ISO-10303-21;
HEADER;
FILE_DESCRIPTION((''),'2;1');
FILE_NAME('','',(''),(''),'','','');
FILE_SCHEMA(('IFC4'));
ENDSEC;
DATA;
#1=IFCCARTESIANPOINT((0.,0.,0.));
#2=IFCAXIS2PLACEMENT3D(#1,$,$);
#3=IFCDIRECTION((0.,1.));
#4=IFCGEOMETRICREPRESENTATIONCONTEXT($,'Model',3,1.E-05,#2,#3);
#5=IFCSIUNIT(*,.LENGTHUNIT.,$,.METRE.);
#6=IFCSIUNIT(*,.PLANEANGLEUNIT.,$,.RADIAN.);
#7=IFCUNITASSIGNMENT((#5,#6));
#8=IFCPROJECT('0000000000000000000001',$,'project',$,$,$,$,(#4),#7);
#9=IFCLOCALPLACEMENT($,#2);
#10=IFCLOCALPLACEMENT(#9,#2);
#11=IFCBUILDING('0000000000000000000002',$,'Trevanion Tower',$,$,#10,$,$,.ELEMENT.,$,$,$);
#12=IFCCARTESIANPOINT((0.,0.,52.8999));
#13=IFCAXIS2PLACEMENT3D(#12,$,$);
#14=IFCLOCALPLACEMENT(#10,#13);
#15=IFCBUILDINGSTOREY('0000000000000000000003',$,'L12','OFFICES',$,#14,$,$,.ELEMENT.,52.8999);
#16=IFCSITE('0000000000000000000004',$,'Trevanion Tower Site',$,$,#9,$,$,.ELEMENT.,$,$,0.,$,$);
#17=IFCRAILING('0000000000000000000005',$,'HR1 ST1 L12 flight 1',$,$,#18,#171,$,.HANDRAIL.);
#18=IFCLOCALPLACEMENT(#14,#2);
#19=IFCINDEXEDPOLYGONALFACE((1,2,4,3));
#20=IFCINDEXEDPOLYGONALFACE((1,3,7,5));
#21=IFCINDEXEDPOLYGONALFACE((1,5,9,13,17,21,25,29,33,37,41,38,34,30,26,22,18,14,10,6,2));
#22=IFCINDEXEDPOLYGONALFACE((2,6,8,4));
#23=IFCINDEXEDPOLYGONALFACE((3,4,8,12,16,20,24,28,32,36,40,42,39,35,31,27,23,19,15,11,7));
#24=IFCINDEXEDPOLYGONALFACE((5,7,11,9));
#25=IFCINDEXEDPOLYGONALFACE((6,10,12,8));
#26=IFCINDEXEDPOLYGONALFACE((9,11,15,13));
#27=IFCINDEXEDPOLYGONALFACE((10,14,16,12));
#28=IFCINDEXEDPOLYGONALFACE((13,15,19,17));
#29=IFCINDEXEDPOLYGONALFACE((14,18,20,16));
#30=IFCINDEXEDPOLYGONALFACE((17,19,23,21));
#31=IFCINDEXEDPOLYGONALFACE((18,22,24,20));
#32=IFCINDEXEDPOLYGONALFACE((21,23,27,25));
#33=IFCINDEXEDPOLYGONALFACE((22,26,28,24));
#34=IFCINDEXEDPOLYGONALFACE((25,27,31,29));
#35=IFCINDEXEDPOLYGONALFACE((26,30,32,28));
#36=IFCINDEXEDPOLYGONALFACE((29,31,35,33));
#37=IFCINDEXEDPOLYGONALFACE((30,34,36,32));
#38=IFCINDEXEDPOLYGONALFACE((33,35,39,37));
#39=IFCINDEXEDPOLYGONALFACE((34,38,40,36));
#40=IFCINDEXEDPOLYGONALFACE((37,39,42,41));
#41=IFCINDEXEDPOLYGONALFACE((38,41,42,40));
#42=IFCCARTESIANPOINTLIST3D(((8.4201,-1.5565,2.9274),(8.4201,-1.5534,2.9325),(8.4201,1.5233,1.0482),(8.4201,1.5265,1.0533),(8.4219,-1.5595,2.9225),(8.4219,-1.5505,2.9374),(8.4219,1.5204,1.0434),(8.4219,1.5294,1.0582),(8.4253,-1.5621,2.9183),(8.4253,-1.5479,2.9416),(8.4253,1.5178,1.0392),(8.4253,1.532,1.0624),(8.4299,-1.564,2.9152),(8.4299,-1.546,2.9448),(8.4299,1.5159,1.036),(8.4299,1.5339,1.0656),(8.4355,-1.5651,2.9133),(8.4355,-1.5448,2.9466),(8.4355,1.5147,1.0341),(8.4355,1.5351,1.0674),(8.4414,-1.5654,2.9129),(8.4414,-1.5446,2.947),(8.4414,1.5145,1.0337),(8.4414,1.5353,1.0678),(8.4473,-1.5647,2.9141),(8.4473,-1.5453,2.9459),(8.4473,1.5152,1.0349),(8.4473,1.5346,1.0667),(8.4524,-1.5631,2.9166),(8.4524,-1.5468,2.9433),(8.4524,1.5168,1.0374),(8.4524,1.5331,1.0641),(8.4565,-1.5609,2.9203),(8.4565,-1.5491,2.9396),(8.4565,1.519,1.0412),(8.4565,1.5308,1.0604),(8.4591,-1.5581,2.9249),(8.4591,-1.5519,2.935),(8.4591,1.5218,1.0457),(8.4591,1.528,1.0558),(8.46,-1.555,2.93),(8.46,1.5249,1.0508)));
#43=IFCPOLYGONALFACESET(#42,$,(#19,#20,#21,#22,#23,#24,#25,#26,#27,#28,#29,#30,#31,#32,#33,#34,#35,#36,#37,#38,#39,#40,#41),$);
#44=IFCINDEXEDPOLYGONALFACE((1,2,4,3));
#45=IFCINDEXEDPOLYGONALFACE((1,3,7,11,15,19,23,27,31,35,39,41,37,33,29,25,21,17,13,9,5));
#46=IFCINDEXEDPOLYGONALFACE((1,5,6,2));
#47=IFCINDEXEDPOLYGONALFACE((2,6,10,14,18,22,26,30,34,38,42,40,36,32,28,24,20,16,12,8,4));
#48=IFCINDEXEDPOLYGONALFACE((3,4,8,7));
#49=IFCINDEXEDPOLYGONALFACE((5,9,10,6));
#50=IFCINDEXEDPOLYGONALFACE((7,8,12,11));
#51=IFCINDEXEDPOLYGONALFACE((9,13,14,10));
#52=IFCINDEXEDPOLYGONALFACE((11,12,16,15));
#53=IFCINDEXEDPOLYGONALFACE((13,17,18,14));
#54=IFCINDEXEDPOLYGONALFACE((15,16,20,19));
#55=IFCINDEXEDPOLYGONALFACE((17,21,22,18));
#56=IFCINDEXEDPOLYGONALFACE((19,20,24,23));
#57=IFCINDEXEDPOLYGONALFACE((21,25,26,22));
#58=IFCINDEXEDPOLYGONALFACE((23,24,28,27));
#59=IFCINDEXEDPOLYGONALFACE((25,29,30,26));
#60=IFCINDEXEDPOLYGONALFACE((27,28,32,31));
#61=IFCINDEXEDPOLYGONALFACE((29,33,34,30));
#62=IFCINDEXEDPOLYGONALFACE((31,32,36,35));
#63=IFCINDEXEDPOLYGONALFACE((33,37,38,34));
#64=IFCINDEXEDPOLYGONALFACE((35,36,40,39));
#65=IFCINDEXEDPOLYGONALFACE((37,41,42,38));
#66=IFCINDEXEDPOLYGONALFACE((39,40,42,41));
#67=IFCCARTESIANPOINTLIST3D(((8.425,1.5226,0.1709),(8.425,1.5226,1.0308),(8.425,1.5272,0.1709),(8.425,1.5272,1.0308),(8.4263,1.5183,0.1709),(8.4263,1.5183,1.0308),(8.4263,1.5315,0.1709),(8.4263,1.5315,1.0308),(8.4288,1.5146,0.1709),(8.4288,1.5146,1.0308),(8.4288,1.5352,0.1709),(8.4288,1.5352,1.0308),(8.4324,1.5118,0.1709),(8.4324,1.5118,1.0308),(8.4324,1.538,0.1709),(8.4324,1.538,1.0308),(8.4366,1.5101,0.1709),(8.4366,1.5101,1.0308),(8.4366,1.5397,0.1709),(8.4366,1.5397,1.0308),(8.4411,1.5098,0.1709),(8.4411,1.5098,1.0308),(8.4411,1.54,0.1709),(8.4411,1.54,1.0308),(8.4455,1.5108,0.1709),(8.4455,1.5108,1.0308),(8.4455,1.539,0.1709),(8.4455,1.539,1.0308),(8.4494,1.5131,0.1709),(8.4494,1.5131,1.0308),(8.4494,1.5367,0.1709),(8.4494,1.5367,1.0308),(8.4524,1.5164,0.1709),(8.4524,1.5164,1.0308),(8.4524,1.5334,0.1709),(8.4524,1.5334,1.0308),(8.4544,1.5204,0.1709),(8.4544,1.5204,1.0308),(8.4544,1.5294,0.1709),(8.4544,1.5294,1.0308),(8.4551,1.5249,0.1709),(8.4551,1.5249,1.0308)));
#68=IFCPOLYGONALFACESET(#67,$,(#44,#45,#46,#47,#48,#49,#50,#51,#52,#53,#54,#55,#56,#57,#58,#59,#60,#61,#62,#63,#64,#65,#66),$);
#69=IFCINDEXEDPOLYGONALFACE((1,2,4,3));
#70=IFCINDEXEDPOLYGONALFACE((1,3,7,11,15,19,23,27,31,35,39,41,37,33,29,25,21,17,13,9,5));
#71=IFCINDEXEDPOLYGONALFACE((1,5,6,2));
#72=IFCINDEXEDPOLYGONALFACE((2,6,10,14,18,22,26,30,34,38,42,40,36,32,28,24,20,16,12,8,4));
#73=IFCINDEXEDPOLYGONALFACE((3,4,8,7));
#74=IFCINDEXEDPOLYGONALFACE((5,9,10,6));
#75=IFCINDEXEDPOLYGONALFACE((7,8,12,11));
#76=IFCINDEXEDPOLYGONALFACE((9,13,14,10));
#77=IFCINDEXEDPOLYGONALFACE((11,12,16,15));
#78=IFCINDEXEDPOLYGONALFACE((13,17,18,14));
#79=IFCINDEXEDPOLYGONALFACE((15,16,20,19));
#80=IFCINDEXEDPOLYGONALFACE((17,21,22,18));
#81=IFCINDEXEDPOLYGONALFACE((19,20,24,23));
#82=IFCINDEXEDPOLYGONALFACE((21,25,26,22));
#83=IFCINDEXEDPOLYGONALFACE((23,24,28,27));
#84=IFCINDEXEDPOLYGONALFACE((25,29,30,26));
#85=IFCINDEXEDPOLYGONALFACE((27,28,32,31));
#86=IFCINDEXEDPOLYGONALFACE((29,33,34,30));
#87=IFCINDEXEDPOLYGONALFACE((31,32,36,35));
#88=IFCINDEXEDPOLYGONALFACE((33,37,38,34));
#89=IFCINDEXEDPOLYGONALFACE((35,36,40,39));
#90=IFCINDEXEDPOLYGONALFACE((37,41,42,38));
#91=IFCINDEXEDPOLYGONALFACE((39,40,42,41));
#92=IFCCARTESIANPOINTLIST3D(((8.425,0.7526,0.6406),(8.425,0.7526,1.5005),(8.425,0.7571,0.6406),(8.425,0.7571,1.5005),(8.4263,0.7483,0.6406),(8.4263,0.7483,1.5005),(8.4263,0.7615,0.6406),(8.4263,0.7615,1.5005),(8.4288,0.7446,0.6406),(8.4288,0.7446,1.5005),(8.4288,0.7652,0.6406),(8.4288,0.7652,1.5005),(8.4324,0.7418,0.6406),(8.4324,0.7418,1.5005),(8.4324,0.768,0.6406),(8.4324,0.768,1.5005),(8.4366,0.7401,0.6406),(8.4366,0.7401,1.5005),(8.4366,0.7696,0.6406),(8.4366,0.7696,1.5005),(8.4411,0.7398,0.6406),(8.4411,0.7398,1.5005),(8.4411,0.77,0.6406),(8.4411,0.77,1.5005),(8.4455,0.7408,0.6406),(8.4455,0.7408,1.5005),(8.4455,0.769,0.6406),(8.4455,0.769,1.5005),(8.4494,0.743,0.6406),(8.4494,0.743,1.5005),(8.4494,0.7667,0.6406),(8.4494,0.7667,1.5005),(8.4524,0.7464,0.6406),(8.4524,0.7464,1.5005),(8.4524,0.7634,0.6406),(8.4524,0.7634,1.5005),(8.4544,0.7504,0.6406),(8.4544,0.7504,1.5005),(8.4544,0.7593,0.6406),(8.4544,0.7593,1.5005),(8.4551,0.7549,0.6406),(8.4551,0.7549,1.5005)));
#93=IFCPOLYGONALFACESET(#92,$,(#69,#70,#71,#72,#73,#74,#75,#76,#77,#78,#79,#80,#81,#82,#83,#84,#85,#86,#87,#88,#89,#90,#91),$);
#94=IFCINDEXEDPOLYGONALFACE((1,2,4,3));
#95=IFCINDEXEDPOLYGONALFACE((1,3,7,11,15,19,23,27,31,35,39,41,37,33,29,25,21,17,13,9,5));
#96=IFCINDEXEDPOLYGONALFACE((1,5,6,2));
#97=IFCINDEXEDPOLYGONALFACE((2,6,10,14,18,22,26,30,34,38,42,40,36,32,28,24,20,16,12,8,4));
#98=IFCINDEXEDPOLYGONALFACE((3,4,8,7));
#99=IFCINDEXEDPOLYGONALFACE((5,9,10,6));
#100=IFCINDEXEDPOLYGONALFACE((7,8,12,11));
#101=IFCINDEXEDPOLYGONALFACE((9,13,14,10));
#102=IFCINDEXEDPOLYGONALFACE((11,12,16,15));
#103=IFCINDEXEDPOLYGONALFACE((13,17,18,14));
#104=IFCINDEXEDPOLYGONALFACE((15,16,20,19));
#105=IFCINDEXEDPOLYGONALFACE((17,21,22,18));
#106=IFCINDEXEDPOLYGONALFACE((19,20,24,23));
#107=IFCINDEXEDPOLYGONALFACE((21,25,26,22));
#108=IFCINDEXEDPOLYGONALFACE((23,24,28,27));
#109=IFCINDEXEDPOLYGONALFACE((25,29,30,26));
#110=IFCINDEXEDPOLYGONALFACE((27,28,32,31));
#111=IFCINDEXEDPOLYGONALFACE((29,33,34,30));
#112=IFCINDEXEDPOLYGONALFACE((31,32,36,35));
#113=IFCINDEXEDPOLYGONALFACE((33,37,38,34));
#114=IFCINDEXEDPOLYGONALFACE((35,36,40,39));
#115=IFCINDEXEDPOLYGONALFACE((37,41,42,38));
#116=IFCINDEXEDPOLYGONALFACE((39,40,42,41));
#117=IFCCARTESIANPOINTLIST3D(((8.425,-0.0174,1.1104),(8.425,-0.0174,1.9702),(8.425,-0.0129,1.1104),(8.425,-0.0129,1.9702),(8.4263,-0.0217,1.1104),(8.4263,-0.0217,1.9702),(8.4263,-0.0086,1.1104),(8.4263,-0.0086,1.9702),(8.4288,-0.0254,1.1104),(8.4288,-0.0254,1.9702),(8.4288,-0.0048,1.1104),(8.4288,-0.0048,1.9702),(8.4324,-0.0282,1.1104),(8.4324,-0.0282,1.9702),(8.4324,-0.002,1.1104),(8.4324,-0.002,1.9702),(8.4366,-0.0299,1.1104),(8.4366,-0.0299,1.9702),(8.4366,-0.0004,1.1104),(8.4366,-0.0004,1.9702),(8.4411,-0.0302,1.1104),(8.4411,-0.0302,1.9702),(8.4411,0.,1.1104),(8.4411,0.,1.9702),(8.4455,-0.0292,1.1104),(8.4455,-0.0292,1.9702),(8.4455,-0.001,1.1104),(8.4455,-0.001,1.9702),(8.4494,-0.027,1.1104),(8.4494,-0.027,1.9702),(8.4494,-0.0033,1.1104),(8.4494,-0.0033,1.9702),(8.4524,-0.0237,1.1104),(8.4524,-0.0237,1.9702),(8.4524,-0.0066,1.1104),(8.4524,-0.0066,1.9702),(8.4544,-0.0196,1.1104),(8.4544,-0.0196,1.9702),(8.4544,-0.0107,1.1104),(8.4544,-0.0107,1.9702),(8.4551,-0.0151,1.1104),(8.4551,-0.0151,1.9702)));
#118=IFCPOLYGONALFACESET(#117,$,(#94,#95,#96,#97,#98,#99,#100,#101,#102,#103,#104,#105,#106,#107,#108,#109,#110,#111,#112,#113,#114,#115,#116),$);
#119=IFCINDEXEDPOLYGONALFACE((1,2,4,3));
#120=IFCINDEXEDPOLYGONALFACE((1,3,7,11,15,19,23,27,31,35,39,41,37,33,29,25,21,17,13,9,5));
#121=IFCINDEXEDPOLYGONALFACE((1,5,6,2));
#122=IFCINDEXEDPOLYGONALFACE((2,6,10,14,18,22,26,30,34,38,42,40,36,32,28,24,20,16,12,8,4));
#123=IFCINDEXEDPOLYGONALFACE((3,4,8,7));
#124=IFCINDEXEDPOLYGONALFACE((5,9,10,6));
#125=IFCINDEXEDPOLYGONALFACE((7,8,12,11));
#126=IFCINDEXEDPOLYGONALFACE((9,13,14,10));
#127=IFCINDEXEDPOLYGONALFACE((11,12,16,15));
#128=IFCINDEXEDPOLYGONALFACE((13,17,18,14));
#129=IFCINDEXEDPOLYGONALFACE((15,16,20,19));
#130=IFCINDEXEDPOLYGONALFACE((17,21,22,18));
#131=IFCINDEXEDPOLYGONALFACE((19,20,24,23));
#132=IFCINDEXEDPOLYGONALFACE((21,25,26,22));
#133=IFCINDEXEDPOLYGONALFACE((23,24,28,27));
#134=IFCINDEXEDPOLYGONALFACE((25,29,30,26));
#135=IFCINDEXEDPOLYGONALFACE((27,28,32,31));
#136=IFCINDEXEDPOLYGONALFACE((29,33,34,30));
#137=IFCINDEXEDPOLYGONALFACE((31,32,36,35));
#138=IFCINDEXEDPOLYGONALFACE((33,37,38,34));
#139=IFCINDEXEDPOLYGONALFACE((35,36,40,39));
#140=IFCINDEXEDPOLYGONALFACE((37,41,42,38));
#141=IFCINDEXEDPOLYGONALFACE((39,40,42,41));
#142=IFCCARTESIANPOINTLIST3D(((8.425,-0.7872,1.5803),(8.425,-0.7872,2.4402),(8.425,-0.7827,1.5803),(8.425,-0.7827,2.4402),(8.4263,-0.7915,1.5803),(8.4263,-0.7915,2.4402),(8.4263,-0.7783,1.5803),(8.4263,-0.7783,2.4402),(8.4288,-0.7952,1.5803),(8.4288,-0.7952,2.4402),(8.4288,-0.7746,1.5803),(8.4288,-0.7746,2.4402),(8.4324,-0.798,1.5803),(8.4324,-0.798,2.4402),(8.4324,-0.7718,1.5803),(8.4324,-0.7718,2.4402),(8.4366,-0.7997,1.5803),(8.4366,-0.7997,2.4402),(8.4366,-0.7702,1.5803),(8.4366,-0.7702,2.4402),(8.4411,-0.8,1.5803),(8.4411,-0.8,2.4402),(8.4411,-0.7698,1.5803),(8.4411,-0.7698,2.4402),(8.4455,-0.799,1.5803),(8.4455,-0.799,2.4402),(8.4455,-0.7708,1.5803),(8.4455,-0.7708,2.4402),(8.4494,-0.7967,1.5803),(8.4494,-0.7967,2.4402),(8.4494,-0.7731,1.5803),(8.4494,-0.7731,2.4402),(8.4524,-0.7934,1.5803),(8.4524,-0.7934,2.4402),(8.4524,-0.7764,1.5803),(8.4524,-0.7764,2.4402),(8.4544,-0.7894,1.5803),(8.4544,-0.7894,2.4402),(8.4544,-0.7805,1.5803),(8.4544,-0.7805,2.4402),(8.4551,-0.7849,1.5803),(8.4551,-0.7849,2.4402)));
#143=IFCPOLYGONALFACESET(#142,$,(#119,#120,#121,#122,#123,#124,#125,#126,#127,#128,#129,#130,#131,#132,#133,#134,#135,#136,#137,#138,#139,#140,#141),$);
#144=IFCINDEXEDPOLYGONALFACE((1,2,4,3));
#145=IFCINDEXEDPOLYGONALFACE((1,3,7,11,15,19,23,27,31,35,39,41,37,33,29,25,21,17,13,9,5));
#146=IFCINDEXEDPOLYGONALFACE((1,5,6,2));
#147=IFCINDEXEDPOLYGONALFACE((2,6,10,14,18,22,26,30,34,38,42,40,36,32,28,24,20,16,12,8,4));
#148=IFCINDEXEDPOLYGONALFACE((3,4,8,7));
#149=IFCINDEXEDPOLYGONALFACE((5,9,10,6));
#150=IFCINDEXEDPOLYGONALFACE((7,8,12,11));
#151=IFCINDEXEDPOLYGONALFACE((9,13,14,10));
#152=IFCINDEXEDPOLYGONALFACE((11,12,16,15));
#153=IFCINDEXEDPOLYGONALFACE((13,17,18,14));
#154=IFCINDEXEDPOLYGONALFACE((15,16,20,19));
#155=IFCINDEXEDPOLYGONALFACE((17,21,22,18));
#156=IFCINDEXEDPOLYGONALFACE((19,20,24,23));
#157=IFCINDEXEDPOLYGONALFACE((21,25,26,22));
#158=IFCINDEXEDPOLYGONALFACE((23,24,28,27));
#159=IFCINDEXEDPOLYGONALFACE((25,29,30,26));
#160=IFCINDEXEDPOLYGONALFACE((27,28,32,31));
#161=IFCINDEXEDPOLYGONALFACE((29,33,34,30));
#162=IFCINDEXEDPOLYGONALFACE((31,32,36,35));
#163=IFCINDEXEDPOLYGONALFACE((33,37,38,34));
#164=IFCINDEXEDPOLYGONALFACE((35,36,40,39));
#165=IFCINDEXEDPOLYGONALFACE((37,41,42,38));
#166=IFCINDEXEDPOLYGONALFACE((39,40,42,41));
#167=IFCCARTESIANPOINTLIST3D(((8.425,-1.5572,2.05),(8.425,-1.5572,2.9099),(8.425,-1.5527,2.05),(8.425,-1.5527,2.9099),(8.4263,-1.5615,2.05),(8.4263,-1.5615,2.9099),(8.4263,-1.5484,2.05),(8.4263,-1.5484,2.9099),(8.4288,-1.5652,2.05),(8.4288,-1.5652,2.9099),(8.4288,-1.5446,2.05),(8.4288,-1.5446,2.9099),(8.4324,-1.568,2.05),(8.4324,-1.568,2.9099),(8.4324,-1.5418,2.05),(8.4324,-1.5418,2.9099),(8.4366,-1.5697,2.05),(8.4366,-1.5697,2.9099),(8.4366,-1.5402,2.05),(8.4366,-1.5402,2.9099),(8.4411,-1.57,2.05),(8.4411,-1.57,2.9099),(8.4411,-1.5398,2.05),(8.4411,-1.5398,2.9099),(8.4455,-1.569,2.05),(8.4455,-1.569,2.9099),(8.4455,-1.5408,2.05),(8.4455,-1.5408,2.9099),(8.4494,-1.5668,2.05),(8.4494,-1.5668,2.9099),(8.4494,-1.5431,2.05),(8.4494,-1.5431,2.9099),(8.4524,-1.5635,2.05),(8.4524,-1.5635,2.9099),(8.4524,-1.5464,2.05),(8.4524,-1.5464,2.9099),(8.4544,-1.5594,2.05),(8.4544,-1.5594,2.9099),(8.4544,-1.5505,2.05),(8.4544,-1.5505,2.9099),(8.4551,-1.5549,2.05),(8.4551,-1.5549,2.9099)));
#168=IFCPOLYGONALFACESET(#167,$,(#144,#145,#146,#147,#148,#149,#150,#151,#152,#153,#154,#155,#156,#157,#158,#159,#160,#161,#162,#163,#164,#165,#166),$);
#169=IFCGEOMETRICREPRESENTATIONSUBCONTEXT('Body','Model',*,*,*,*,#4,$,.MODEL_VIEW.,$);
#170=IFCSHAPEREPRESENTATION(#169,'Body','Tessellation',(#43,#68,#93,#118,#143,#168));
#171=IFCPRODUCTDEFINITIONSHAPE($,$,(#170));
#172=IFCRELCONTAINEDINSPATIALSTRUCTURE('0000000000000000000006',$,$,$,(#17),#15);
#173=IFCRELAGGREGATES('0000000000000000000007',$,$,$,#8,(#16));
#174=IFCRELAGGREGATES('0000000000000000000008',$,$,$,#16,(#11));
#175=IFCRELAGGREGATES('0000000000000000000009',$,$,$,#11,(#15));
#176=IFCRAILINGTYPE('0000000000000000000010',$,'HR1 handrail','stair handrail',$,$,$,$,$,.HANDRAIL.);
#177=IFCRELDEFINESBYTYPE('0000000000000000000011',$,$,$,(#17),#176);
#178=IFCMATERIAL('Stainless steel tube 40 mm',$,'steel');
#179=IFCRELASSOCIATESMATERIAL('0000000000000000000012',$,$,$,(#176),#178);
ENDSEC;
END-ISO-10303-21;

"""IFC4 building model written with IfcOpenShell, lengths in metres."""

from ifc_helpers import new_model, si_unit, direction, frame, origin, origin_2d, place, context, subcontext, project, spatial, circle, extrude, material, type_object, element, save


model = new_model("IFC4")

# Units and contexts
model_context = context("Model", 3, precision=1e-05, world=origin(), true_north=direction((0.0, 1.0)))
body_context = subcontext(model_context, "Body", "Model", "MODEL_VIEW")
ifc_project = project(units=[si_unit("LENGTHUNIT", "METRE"), si_unit("PLANEANGLEUNIT", "RADIAN")], contexts=[model_context])

# Site, building, storey
site_placement = place(None, origin())
site = spatial("IfcSite", under=ifc_project, at=site_placement, Name="Trevanion Tower Site", CompositionType="ELEMENT", RefElevation=0.0)
building_placement = place(site_placement, origin())
building = spatial("IfcBuilding", under=site, at=building_placement, Name="Trevanion Tower", CompositionType="ELEMENT")
storey_placement = place(building_placement, frame((0.0, 0.0, 52.8999)))
storey = spatial("IfcBuildingStorey", under=building, at=storey_placement, Name="L12", Description="OFFICES", CompositionType="ELEMENT", Elevation=52.8999)

# Railing
ifc_material_1 = material(Name="Stainless steel tube 40 mm", Category="steel")
railing_type = type_object("IfcRailingType", Name="HR1 handrail", Description="stair handrail", PredefinedType="HANDRAIL", material=ifc_material_1)
for number, where, name in (
    (1, (8.4399, 1.5249, 0.1709), "HR1 ST1 L12 flight 1"),
):
    element("IfcRailing", number, at=place(storey_placement, frame(where)), inside=storey, type_object=railing_type, Name=name, PredefinedType="HANDRAIL", context=body_context, shape_type="SweptSolid", body=[
        extrude(circle(Radius=0.02, at=origin_2d()), frame((0.0, 0.0, 0.8799), z_axis=(0.0, -0.853648, 0.52085), x_axis=(1.0, 0.0, 0.0)), (0.0, 0.0, 1.0), 3.6079),
        extrude(circle(Radius=0.0151, at=origin_2d()), origin(), (0.0, 0.0, 1.0), 0.8599),
        extrude(circle(Radius=0.0151, at=origin_2d()), frame((0.0, -0.77, 0.4697)), (0.0, 0.0, 1.0), 0.8599),
        extrude(circle(Radius=0.0151, at=origin_2d()), frame((0.0, -1.54, 0.9395)), (0.0, 0.0, 1.0), 0.8599),
        extrude(circle(Radius=0.0151, at=origin_2d()), frame((0.0, -2.3098, 1.4094)), (0.0, 0.0, 1.0), 0.8599),
        extrude(circle(Radius=0.0151, at=origin_2d()), frame((0.0, -3.0798, 1.8792)), (0.0, 0.0, 1.0), 0.8599),
    ])

save(model, "model.ifc")
